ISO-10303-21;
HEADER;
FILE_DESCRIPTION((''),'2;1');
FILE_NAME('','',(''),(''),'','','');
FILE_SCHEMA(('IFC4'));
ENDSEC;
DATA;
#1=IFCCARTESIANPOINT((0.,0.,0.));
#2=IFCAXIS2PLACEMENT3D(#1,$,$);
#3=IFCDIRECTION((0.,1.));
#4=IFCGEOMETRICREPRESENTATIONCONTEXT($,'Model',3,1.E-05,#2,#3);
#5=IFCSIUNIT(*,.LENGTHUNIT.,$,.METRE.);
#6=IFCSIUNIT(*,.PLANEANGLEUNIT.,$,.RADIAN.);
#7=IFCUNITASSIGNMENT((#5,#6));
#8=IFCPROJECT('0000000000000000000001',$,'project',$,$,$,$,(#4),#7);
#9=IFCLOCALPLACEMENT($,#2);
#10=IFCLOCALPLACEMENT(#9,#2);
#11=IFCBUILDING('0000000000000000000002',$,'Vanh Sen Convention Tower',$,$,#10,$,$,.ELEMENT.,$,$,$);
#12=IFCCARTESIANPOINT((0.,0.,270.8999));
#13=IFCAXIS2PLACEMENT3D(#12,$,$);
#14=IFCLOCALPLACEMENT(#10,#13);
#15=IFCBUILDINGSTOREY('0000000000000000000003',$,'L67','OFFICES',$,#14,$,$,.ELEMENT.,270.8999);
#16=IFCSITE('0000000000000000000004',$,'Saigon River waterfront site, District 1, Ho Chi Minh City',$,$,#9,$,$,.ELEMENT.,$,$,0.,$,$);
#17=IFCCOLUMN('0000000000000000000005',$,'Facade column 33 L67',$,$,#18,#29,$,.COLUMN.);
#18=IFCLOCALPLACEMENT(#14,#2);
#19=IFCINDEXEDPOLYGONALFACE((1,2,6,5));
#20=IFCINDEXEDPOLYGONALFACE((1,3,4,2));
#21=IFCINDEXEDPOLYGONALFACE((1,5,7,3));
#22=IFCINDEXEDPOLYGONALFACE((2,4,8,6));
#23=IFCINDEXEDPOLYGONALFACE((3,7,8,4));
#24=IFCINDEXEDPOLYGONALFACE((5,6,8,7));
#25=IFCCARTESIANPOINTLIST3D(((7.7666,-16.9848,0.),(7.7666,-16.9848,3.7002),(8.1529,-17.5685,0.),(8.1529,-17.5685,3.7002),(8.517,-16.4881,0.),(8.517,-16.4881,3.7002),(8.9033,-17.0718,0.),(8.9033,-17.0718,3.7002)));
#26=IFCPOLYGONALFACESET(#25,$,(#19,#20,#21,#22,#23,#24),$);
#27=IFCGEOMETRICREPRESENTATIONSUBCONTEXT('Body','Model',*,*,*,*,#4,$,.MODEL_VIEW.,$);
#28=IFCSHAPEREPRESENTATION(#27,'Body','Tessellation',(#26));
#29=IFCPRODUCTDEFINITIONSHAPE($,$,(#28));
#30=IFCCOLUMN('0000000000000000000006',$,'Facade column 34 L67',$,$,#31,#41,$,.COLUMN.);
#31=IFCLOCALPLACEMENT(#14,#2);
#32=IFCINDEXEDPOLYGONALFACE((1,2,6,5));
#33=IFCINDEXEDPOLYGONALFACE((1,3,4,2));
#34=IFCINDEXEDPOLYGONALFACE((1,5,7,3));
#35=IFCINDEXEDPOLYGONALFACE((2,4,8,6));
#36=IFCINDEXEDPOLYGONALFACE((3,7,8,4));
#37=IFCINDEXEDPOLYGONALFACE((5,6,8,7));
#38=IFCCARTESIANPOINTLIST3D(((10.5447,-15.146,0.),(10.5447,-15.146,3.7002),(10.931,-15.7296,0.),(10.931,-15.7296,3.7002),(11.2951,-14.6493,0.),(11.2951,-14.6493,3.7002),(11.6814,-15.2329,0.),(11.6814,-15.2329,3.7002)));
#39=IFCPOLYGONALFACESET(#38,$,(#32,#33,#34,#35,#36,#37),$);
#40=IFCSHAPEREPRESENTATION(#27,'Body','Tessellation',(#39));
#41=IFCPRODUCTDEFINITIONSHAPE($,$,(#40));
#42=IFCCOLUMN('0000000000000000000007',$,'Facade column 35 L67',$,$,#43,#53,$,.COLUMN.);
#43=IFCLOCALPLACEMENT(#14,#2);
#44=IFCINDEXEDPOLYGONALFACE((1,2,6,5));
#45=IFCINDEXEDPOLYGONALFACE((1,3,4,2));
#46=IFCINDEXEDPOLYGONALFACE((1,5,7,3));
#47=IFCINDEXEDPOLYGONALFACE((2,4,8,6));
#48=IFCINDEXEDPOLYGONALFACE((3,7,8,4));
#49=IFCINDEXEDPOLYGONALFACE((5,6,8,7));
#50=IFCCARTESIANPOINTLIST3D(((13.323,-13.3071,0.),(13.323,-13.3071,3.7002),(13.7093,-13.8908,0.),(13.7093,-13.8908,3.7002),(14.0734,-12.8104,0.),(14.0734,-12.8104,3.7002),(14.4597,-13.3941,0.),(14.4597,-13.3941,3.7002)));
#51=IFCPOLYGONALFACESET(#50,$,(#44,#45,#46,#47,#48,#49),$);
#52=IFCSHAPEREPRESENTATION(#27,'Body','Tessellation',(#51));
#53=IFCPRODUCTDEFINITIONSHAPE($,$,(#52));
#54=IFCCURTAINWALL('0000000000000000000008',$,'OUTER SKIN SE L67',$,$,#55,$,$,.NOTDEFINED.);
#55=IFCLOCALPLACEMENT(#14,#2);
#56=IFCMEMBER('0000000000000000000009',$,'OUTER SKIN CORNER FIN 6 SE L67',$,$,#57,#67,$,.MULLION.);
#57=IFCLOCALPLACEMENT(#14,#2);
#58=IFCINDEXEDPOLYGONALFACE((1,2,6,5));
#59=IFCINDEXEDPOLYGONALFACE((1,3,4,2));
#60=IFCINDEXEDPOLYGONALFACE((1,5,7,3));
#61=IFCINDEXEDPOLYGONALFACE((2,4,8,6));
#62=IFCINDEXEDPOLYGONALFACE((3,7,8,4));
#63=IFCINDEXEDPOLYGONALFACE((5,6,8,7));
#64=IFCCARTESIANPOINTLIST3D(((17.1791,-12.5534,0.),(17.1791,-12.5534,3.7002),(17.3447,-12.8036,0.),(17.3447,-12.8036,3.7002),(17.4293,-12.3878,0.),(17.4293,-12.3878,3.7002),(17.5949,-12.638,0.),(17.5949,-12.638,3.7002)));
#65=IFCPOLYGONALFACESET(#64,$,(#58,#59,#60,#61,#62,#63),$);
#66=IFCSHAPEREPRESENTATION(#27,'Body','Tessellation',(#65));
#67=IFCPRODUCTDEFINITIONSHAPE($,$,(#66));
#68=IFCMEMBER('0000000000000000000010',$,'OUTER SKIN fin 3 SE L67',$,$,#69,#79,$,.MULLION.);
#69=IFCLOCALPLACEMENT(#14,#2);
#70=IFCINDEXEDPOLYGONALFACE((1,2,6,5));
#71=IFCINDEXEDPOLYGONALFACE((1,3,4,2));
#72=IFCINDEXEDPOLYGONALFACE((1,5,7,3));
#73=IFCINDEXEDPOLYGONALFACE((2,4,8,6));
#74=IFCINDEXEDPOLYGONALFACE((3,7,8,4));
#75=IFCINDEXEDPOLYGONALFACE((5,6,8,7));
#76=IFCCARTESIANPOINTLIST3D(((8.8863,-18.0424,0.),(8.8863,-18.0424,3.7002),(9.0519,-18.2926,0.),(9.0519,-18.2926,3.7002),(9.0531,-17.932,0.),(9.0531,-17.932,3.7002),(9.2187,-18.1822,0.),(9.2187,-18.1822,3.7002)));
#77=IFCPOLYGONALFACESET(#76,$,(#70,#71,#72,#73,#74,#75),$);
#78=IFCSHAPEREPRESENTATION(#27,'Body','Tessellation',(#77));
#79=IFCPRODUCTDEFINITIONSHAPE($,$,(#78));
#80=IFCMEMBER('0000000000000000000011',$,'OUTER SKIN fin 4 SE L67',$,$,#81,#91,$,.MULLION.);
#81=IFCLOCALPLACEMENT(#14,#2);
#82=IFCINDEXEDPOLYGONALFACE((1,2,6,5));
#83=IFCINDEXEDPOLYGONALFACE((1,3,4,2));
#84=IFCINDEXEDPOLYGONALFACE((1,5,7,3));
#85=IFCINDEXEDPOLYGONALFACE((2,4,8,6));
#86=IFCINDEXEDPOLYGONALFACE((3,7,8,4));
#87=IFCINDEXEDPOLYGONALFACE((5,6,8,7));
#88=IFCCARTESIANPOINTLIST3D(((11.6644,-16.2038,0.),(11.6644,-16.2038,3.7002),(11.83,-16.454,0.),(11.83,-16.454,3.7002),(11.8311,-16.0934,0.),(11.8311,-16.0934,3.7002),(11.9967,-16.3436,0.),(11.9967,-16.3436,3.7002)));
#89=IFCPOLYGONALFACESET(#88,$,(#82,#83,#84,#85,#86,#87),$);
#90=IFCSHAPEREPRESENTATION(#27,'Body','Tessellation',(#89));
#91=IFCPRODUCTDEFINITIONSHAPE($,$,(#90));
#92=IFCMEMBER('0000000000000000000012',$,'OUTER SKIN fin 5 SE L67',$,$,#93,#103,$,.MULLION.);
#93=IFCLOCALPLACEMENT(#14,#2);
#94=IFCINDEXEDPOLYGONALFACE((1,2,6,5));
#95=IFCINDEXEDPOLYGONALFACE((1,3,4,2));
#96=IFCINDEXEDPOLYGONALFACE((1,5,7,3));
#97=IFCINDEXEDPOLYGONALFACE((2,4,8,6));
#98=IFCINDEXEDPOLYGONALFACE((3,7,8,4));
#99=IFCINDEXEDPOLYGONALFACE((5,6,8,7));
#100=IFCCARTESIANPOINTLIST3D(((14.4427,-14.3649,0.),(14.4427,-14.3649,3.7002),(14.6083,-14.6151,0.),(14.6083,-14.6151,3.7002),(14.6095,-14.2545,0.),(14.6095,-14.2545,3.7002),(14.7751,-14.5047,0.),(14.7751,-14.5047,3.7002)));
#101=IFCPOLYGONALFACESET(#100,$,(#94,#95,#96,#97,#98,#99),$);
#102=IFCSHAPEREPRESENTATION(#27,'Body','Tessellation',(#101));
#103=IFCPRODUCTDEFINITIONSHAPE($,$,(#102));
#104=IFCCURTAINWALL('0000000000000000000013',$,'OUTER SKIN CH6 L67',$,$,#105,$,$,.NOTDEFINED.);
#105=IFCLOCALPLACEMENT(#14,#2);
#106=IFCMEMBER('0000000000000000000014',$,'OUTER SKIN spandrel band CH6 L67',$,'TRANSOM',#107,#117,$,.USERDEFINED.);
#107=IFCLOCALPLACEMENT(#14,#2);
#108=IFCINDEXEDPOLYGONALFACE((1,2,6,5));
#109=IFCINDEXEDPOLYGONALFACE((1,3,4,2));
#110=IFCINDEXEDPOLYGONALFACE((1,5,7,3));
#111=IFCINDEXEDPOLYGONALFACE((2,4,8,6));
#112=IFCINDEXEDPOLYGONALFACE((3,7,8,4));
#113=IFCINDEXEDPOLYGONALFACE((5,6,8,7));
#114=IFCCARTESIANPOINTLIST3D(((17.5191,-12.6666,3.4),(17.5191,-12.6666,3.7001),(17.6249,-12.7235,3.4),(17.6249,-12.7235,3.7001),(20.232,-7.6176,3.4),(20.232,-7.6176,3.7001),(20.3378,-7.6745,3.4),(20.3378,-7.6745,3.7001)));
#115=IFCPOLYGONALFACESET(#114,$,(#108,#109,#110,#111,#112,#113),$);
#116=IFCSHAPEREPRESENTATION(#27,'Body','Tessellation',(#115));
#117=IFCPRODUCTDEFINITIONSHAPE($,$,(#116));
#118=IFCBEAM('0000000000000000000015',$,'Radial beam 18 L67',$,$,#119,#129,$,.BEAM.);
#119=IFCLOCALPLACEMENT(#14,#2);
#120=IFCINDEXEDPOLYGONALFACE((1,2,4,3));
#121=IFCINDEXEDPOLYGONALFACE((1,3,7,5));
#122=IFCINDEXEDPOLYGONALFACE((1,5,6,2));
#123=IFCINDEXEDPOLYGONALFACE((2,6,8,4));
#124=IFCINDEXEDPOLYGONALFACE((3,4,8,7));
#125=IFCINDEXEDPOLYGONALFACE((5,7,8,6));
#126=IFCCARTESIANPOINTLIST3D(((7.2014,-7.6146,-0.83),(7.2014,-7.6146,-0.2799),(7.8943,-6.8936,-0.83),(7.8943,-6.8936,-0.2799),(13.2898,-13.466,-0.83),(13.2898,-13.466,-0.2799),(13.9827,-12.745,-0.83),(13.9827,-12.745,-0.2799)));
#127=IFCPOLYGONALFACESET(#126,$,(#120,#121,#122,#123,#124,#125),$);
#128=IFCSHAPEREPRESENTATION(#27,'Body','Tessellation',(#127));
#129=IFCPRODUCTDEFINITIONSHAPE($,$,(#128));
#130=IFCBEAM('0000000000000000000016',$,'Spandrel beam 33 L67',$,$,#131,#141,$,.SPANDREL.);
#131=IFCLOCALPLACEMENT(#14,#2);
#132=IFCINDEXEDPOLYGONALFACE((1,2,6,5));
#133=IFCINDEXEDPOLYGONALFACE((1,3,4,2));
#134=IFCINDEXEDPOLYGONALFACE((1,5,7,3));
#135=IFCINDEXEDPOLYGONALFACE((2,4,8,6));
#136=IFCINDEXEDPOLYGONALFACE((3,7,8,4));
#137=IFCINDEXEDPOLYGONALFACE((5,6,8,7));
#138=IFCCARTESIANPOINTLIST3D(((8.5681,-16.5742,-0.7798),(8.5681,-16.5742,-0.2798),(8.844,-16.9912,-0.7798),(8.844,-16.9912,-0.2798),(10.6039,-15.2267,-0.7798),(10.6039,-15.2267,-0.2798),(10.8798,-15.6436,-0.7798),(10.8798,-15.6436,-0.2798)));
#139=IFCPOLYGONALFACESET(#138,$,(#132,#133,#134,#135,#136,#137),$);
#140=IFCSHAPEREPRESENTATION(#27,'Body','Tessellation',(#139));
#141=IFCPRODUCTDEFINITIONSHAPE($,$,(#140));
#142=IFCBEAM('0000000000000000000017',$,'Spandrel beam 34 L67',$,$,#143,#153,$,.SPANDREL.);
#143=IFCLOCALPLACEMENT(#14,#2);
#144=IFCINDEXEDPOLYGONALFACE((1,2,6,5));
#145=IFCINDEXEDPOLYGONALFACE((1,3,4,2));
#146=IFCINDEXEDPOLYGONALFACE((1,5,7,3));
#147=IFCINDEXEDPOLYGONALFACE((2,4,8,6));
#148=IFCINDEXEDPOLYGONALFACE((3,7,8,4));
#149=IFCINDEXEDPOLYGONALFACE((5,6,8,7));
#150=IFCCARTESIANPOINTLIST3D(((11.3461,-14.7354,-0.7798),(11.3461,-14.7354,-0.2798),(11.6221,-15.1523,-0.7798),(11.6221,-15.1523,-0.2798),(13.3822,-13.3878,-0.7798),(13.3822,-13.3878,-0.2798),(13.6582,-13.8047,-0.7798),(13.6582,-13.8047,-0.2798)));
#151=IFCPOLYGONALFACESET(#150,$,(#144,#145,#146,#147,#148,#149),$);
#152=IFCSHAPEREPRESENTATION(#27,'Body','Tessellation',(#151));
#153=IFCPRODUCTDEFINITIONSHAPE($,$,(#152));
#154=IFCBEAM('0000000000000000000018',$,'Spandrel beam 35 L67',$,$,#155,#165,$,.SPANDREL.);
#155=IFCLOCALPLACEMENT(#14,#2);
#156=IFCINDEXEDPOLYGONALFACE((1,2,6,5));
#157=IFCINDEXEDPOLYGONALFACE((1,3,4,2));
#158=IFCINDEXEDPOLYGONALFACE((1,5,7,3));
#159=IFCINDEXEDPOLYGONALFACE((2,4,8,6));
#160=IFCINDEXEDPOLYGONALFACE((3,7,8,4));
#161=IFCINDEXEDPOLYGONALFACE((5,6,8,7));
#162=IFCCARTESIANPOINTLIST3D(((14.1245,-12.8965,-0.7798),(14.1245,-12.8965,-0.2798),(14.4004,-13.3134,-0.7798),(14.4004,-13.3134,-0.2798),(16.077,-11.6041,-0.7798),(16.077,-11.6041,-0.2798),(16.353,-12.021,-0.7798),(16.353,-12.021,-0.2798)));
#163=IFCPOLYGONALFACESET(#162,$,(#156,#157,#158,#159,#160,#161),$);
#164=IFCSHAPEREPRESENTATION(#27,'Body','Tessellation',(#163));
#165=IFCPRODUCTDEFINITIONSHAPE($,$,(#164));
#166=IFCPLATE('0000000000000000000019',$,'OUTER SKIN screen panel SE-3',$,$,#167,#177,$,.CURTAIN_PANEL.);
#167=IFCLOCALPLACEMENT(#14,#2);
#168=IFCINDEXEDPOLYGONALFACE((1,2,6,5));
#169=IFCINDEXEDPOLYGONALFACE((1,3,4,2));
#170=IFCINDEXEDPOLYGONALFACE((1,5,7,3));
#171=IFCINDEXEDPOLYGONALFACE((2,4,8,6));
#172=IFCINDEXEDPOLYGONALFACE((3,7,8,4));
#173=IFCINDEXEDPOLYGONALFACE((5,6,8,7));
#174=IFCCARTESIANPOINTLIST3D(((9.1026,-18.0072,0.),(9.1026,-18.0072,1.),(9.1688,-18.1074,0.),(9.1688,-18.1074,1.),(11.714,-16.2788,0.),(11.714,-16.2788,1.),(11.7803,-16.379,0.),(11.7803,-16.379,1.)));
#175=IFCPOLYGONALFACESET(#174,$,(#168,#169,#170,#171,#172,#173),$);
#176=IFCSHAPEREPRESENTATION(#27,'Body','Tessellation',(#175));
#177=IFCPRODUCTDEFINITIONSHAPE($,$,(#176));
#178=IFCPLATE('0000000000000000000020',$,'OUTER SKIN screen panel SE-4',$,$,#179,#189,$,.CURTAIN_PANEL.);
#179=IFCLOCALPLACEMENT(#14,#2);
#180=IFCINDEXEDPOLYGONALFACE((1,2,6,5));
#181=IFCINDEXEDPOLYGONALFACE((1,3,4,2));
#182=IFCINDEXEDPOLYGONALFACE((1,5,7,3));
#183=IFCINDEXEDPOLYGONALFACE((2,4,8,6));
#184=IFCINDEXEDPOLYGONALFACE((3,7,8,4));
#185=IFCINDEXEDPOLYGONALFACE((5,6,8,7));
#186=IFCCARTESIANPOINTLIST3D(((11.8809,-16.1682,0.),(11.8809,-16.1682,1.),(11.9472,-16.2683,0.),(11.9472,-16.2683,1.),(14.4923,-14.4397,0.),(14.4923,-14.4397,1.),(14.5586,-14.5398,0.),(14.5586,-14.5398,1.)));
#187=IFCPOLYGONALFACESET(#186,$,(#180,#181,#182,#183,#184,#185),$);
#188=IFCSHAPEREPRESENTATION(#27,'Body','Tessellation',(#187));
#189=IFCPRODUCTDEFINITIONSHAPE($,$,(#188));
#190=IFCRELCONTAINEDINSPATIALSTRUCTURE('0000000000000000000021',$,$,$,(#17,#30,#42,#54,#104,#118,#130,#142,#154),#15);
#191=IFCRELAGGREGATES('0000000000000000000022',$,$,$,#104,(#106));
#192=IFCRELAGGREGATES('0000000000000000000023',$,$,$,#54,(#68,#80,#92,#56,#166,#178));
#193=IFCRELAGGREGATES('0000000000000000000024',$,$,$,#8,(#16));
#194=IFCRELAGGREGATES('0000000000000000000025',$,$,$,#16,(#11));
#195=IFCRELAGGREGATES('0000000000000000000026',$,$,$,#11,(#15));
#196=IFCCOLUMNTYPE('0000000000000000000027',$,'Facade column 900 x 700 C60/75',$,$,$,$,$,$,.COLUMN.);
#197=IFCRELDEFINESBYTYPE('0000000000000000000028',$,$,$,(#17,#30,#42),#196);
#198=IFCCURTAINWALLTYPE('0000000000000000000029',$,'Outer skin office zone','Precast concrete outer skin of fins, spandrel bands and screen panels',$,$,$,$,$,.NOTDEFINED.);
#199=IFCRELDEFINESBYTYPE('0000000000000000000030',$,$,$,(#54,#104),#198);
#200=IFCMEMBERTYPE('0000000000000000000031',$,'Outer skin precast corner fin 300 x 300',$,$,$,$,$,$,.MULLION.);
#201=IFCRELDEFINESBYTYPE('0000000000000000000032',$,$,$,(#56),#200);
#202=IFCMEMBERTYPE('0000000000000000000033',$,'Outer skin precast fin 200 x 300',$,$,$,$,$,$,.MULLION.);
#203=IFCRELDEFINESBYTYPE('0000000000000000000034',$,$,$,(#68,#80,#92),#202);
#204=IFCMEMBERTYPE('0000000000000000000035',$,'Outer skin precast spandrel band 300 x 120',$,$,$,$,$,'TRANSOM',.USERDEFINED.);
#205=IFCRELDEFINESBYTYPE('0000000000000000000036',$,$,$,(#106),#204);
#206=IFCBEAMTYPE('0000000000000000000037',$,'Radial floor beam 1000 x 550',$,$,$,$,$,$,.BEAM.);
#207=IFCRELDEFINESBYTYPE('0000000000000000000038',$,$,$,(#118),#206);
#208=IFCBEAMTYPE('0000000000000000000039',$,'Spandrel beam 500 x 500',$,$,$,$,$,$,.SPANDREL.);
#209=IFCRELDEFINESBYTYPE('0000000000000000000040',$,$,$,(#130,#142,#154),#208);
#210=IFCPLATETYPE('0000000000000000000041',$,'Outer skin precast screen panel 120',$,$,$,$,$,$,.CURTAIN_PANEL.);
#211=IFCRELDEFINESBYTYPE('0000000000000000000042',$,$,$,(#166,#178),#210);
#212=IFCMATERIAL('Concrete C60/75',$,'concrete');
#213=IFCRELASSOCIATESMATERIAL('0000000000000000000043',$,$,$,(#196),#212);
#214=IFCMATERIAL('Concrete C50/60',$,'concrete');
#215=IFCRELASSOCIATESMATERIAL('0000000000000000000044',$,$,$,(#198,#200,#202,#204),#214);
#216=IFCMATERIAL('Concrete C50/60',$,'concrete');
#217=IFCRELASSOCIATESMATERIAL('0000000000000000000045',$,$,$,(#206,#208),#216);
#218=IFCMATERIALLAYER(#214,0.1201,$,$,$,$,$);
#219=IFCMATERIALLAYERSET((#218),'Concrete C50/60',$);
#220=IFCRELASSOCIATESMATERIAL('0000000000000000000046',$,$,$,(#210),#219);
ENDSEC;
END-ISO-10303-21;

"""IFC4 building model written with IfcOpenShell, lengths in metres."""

from ifc_helpers import new_model, si_unit, direction, frame, origin, origin_2d, place, context, subcontext, project, spatial, rectangle, extrude, material, layer, layer_set, material_profile, profile_set, type_object, element, aggregate, save


model = new_model("IFC4")

# Units and contexts
model_context = context("Model", 3, precision=1e-05, world=origin(), true_north=direction((0.0, 1.0)))
body_context = subcontext(model_context, "Body", "Model", "MODEL_VIEW")
ifc_project = project(units=[si_unit("LENGTHUNIT", "METRE"), si_unit("PLANEANGLEUNIT", "RADIAN")], contexts=[model_context])

# Site, building, storey
site_placement = place(None, origin())
site = spatial("IfcSite", under=ifc_project, at=site_placement, Name="Saigon River waterfront site, District 1, Ho Chi Minh City", CompositionType="ELEMENT", RefElevation=0.0)
building_placement = place(site_placement, origin())
building = spatial("IfcBuilding", under=site, at=building_placement, Name="Vanh Sen Convention Tower", CompositionType="ELEMENT")
storey_placement = place(building_placement, frame((0.0, 0.0, 270.8999)))
storey = spatial("IfcBuildingStorey", under=building, at=storey_placement, Name="L67", Description="OFFICES", CompositionType="ELEMENT", Elevation=270.8999)

# Columns
ifc_material_1 = material(Name="Concrete C60/75", Category="concrete")
ifc_material_profile_1 = material_profile(ifc_material_1, rectangle(XDim=0.8999, YDim=0.7, at=origin_2d()), Name="RC 900X700")
ifc_profile_set_1 = profile_set([ifc_material_profile_1], Name="Concrete C60/75")
column_type = type_object("IfcColumnType", Name="Facade column 900 x 700 C60/75", PredefinedType="COLUMN", material=ifc_profile_set_1)
for number, where, z_axis, x_axis, name in (
    (1, (8.335, -17.0283, 0.0), (0.0, 0.0, 1.0), (0.833886, 0.551937, 0.0), "Facade column 33 L67"),
    (2, (11.113, -15.1895, 0.0), (0.0, 0.0, 1.0), (0.833886, 0.551937, 0.0), "Facade column 34 L67"),
    (3, (13.8914, -13.3506, 0.0), (0.0, 0.0, 1.0), (0.833886, 0.551937, 0.0), "Facade column 35 L67"),
):
    element("IfcColumn", number, at=place(storey_placement, frame(where, z_axis=z_axis, x_axis=x_axis)), inside=storey, type_object=column_type, Name=name, PredefinedType="COLUMN", context=body_context, shape_type="SweptSolid", body=[
        extrude(rectangle(XDim=0.8999, YDim=0.7, at=origin_2d()), origin(), (0.0, 0.0, 1.0), 3.7002),
    ])

# Curtain wall, members
ifc_material_2 = material(Name="Concrete C50/60", Category="concrete")
curtain_wall_type = type_object("IfcCurtainWallType", Name="Outer skin office zone", Description="Precast concrete outer skin of fins, spandrel bands and screen panels", PredefinedType="NOTDEFINED", material=ifc_material_2)
curtain_wall_1_placement = place(storey_placement, origin())
curtain_wall_1 = element("IfcCurtainWall", 4, at=curtain_wall_1_placement, inside=storey, type_object=curtain_wall_type, Name="OUTER SKIN SE L67", PredefinedType="NOTDEFINED")
ifc_material_profile_2 = material_profile(ifc_material_2, rectangle(XDim=0.3, YDim=0.3, at=origin_2d()), Name="Outer skin precast corner fin 300 x 300")
ifc_profile_set_2 = profile_set([ifc_material_profile_2], Name="Concrete C50/60")
member_type_1 = type_object("IfcMemberType", Name="Outer skin precast corner fin 300 x 300", PredefinedType="MULLION", material=ifc_profile_set_2)
member_1_placement = place(storey_placement, frame((17.387, -12.5957, 0.0), z_axis=(0.0, 0.0, 1.0), x_axis=(0.833886, 0.551937, 0.0)))
member_1 = element("IfcMember", 5, at=member_1_placement, type_object=member_type_1, Name="OUTER SKIN CORNER FIN 6 SE L67", PredefinedType="MULLION", context=body_context, shape_type="SweptSolid", body=[
    extrude(rectangle(XDim=0.3, YDim=0.3, at=origin_2d()), origin(), (0.0, 0.0, 1.0), 3.7002),
])
ifc_material_profile_3 = material_profile(ifc_material_2, rectangle(XDim=0.2, YDim=0.3, at=origin_2d()), Name="Outer skin precast fin 200 x 300")
ifc_profile_set_3 = profile_set([ifc_material_profile_3], Name="Concrete C50/60")
member_type_2 = type_object("IfcMemberType", Name="Outer skin precast fin 200 x 300", PredefinedType="MULLION", material=ifc_profile_set_3)
member_2_placement = place(storey_placement, frame((9.0525, -18.1123, 0.0), z_axis=(0.0, 0.0, 1.0), x_axis=(0.833886, 0.551937, 0.0)))
member_2 = element("IfcMember", 6, at=member_2_placement, type_object=member_type_2, Name="OUTER SKIN fin 3 SE L67", PredefinedType="MULLION", context=body_context, shape_type="SweptSolid", body=[
    extrude(rectangle(XDim=0.2, YDim=0.3, at=origin_2d()), origin(), (0.0, 0.0, 1.0), 3.7002),
])
member_3_placement = place(storey_placement, frame((11.8306, -16.2737, 0.0), z_axis=(0.0, 0.0, 1.0), x_axis=(0.833886, 0.551937, 0.0)))
member_3 = element("IfcMember", 7, at=member_3_placement, type_object=member_type_2, Name="OUTER SKIN fin 4 SE L67", PredefinedType="MULLION", context=body_context, shape_type="SweptSolid", body=[
    extrude(rectangle(XDim=0.2, YDim=0.3, at=origin_2d()), origin(), (0.0, 0.0, 1.0), 3.7002),
])
member_4_placement = place(storey_placement, frame((14.6089, -14.4348, 0.0), z_axis=(0.0, 0.0, 1.0), x_axis=(0.833886, 0.551937, 0.0)))
member_4 = element("IfcMember", 8, at=member_4_placement, type_object=member_type_2, Name="OUTER SKIN fin 5 SE L67", PredefinedType="MULLION", context=body_context, shape_type="SweptSolid", body=[
    extrude(rectangle(XDim=0.2, YDim=0.3, at=origin_2d()), origin(), (0.0, 0.0, 1.0), 3.7002),
])

# Curtain wall, member
curtain_wall_2_placement = place(storey_placement, origin())
curtain_wall_2 = element("IfcCurtainWall", 9, at=curtain_wall_2_placement, inside=storey, type_object=curtain_wall_type, Name="OUTER SKIN CH6 L67", PredefinedType="NOTDEFINED")
ifc_material_profile_4 = material_profile(ifc_material_2, rectangle(XDim=0.1201, YDim=0.3, at=origin_2d()), Name="Outer skin precast spandrel band 300 x 120")
ifc_profile_set_4 = profile_set([ifc_material_profile_4], Name="Concrete C50/60")
member_type_3 = type_object("IfcMemberType", Name="Outer skin precast spandrel band 300 x 120", ElementType="TRANSOM", PredefinedType="USERDEFINED", material=ifc_profile_set_4)
member_5_placement = place(storey_placement, frame((17.572, -12.6951, 3.55), z_axis=(0.47331, 0.880896, 0.0), x_axis=(-0.880896, 0.47331, 0.0)))
member_5 = element("IfcMember", 10, at=member_5_placement, type_object=member_type_3, Name="OUTER SKIN spandrel band CH6 L67", ObjectType="TRANSOM", PredefinedType="USERDEFINED", context=body_context, shape_type="SweptSolid", body=[
    extrude(rectangle(XDim=0.1201, YDim=0.3, at=origin_2d()), origin(), (0.0, 0.0, 1.0), 5.7317),
])
aggregate(curtain_wall_2, [member_5])

# Beams
ifc_material_3 = material(Name="Concrete C50/60", Category="concrete")
ifc_material_profile_5 = material_profile(ifc_material_3, rectangle(XDim=1.0, YDim=0.55, at=origin_2d()), Name="RC 1000X550")
ifc_profile_set_5 = profile_set([ifc_material_profile_5], Name="Concrete C50/60")
beam_type_1 = type_object("IfcBeamType", Name="Radial floor beam 1000 x 550", PredefinedType="BEAM", material=ifc_profile_set_5)
beam_1_placement = place(storey_placement, frame((13.6362, -13.1055, -0.5549), z_axis=(-0.721004, 0.692931, 0.0), x_axis=(-0.692931, -0.721004, 0.0)))
element("IfcBeam", 11, at=beam_1_placement, inside=storey, type_object=beam_type_1, Name="Radial beam 18 L67", PredefinedType="BEAM", context=body_context, shape_type="SweptSolid", body=[
    extrude(rectangle(XDim=1.0, YDim=0.55, at=origin_2d()), origin(), (0.0, 0.0, 1.0), 8.4443),
])
ifc_material_profile_6 = material_profile(ifc_material_3, rectangle(XDim=0.5, YDim=0.5, at=origin_2d()), Name="RC 500X500")
ifc_profile_set_6 = profile_set([ifc_material_profile_6], Name="Concrete C50/60")
beam_type_2 = type_object("IfcBeamType", Name="Spandrel beam 500 x 500", PredefinedType="SPANDREL", material=ifc_profile_set_6)
beam_2_placement = place(storey_placement, frame((8.7061, -16.7827, -0.5298), z_axis=(0.833861, 0.551974, 0.0), x_axis=(-0.551974, 0.833861, 0.0)))
element("IfcBeam", 12, at=beam_2_placement, inside=storey, type_object=beam_type_2, Name="Spandrel beam 33 L67", PredefinedType="SPANDREL", context=body_context, shape_type="SweptSolid", body=[
    extrude(rectangle(XDim=0.5, YDim=0.5, at=origin_2d()), origin(), (0.0, 0.0, 1.0), 2.4414),
])
beam_3_placement = place(storey_placement, frame((11.4841, -14.9438, -0.5298), z_axis=(0.833892, 0.551928, 0.0), x_axis=(-0.551928, 0.833892, 0.0)))
element("IfcBeam", 13, at=beam_3_placement, inside=storey, type_object=beam_type_2, Name="Spandrel beam 34 L67", PredefinedType="SPANDREL", context=body_context, shape_type="SweptSolid", body=[
    extrude(rectangle(XDim=0.5, YDim=0.5, at=origin_2d()), origin(), (0.0, 0.0, 1.0), 2.4417),
])
beam_4_placement = place(storey_placement, frame((14.2625, -13.105, -0.5298), z_axis=(0.833874, 0.551954, 0.0), x_axis=(-0.551954, 0.833874, 0.0)))
element("IfcBeam", 14, at=beam_4_placement, inside=storey, type_object=beam_type_2, Name="Spandrel beam 35 L67", PredefinedType="SPANDREL", context=body_context, shape_type="SweptSolid", body=[
    extrude(rectangle(XDim=0.5, YDim=0.5, at=origin_2d()), origin(), (0.0, 0.0, 1.0), 2.3416),
])

# Plates
ifc_layer_1 = layer(ifc_material_2, 0.1201)
ifc_layer_set_1 = layer_set([ifc_layer_1], Name="Concrete C50/60")
plate_type = type_object("IfcPlateType", Name="Outer skin precast screen panel 120", PredefinedType="CURTAIN_PANEL", material=ifc_layer_set_1)
plate_1_placement = place(storey_placement, frame((10.4414, -17.1931, 0.0), z_axis=(0.0, 0.0, 1.0), x_axis=(0.833893, 0.551927, 0.0)))
plate_1 = element("IfcPlate", 15, at=plate_1_placement, type_object=plate_type, Name="OUTER SKIN screen panel SE-3", PredefinedType="CURTAIN_PANEL", context=body_context, shape_type="SweptSolid", body=[
    extrude(rectangle(XDim=3.1316, YDim=0.1201, at=origin_2d()), origin(), (0.0, 0.0, 1.0), 1.0),
])
plate_2_placement = place(storey_placement, frame((13.2197, -15.354, 0.0), z_axis=(0.0, 0.0, 1.0), x_axis=(0.833879, 0.551947, 0.0)))
plate_2 = element("IfcPlate", 16, at=plate_2_placement, type_object=plate_type, Name="OUTER SKIN screen panel SE-4", PredefinedType="CURTAIN_PANEL", context=body_context, shape_type="SweptSolid", body=[
    extrude(rectangle(XDim=3.1316, YDim=0.1201, at=origin_2d()), origin(), (0.0, 0.0, 1.0), 1.0),
])
aggregate(curtain_wall_1, [member_2, member_3, member_4, member_1, plate_1, plate_2])

save(model, "model.ifc")
